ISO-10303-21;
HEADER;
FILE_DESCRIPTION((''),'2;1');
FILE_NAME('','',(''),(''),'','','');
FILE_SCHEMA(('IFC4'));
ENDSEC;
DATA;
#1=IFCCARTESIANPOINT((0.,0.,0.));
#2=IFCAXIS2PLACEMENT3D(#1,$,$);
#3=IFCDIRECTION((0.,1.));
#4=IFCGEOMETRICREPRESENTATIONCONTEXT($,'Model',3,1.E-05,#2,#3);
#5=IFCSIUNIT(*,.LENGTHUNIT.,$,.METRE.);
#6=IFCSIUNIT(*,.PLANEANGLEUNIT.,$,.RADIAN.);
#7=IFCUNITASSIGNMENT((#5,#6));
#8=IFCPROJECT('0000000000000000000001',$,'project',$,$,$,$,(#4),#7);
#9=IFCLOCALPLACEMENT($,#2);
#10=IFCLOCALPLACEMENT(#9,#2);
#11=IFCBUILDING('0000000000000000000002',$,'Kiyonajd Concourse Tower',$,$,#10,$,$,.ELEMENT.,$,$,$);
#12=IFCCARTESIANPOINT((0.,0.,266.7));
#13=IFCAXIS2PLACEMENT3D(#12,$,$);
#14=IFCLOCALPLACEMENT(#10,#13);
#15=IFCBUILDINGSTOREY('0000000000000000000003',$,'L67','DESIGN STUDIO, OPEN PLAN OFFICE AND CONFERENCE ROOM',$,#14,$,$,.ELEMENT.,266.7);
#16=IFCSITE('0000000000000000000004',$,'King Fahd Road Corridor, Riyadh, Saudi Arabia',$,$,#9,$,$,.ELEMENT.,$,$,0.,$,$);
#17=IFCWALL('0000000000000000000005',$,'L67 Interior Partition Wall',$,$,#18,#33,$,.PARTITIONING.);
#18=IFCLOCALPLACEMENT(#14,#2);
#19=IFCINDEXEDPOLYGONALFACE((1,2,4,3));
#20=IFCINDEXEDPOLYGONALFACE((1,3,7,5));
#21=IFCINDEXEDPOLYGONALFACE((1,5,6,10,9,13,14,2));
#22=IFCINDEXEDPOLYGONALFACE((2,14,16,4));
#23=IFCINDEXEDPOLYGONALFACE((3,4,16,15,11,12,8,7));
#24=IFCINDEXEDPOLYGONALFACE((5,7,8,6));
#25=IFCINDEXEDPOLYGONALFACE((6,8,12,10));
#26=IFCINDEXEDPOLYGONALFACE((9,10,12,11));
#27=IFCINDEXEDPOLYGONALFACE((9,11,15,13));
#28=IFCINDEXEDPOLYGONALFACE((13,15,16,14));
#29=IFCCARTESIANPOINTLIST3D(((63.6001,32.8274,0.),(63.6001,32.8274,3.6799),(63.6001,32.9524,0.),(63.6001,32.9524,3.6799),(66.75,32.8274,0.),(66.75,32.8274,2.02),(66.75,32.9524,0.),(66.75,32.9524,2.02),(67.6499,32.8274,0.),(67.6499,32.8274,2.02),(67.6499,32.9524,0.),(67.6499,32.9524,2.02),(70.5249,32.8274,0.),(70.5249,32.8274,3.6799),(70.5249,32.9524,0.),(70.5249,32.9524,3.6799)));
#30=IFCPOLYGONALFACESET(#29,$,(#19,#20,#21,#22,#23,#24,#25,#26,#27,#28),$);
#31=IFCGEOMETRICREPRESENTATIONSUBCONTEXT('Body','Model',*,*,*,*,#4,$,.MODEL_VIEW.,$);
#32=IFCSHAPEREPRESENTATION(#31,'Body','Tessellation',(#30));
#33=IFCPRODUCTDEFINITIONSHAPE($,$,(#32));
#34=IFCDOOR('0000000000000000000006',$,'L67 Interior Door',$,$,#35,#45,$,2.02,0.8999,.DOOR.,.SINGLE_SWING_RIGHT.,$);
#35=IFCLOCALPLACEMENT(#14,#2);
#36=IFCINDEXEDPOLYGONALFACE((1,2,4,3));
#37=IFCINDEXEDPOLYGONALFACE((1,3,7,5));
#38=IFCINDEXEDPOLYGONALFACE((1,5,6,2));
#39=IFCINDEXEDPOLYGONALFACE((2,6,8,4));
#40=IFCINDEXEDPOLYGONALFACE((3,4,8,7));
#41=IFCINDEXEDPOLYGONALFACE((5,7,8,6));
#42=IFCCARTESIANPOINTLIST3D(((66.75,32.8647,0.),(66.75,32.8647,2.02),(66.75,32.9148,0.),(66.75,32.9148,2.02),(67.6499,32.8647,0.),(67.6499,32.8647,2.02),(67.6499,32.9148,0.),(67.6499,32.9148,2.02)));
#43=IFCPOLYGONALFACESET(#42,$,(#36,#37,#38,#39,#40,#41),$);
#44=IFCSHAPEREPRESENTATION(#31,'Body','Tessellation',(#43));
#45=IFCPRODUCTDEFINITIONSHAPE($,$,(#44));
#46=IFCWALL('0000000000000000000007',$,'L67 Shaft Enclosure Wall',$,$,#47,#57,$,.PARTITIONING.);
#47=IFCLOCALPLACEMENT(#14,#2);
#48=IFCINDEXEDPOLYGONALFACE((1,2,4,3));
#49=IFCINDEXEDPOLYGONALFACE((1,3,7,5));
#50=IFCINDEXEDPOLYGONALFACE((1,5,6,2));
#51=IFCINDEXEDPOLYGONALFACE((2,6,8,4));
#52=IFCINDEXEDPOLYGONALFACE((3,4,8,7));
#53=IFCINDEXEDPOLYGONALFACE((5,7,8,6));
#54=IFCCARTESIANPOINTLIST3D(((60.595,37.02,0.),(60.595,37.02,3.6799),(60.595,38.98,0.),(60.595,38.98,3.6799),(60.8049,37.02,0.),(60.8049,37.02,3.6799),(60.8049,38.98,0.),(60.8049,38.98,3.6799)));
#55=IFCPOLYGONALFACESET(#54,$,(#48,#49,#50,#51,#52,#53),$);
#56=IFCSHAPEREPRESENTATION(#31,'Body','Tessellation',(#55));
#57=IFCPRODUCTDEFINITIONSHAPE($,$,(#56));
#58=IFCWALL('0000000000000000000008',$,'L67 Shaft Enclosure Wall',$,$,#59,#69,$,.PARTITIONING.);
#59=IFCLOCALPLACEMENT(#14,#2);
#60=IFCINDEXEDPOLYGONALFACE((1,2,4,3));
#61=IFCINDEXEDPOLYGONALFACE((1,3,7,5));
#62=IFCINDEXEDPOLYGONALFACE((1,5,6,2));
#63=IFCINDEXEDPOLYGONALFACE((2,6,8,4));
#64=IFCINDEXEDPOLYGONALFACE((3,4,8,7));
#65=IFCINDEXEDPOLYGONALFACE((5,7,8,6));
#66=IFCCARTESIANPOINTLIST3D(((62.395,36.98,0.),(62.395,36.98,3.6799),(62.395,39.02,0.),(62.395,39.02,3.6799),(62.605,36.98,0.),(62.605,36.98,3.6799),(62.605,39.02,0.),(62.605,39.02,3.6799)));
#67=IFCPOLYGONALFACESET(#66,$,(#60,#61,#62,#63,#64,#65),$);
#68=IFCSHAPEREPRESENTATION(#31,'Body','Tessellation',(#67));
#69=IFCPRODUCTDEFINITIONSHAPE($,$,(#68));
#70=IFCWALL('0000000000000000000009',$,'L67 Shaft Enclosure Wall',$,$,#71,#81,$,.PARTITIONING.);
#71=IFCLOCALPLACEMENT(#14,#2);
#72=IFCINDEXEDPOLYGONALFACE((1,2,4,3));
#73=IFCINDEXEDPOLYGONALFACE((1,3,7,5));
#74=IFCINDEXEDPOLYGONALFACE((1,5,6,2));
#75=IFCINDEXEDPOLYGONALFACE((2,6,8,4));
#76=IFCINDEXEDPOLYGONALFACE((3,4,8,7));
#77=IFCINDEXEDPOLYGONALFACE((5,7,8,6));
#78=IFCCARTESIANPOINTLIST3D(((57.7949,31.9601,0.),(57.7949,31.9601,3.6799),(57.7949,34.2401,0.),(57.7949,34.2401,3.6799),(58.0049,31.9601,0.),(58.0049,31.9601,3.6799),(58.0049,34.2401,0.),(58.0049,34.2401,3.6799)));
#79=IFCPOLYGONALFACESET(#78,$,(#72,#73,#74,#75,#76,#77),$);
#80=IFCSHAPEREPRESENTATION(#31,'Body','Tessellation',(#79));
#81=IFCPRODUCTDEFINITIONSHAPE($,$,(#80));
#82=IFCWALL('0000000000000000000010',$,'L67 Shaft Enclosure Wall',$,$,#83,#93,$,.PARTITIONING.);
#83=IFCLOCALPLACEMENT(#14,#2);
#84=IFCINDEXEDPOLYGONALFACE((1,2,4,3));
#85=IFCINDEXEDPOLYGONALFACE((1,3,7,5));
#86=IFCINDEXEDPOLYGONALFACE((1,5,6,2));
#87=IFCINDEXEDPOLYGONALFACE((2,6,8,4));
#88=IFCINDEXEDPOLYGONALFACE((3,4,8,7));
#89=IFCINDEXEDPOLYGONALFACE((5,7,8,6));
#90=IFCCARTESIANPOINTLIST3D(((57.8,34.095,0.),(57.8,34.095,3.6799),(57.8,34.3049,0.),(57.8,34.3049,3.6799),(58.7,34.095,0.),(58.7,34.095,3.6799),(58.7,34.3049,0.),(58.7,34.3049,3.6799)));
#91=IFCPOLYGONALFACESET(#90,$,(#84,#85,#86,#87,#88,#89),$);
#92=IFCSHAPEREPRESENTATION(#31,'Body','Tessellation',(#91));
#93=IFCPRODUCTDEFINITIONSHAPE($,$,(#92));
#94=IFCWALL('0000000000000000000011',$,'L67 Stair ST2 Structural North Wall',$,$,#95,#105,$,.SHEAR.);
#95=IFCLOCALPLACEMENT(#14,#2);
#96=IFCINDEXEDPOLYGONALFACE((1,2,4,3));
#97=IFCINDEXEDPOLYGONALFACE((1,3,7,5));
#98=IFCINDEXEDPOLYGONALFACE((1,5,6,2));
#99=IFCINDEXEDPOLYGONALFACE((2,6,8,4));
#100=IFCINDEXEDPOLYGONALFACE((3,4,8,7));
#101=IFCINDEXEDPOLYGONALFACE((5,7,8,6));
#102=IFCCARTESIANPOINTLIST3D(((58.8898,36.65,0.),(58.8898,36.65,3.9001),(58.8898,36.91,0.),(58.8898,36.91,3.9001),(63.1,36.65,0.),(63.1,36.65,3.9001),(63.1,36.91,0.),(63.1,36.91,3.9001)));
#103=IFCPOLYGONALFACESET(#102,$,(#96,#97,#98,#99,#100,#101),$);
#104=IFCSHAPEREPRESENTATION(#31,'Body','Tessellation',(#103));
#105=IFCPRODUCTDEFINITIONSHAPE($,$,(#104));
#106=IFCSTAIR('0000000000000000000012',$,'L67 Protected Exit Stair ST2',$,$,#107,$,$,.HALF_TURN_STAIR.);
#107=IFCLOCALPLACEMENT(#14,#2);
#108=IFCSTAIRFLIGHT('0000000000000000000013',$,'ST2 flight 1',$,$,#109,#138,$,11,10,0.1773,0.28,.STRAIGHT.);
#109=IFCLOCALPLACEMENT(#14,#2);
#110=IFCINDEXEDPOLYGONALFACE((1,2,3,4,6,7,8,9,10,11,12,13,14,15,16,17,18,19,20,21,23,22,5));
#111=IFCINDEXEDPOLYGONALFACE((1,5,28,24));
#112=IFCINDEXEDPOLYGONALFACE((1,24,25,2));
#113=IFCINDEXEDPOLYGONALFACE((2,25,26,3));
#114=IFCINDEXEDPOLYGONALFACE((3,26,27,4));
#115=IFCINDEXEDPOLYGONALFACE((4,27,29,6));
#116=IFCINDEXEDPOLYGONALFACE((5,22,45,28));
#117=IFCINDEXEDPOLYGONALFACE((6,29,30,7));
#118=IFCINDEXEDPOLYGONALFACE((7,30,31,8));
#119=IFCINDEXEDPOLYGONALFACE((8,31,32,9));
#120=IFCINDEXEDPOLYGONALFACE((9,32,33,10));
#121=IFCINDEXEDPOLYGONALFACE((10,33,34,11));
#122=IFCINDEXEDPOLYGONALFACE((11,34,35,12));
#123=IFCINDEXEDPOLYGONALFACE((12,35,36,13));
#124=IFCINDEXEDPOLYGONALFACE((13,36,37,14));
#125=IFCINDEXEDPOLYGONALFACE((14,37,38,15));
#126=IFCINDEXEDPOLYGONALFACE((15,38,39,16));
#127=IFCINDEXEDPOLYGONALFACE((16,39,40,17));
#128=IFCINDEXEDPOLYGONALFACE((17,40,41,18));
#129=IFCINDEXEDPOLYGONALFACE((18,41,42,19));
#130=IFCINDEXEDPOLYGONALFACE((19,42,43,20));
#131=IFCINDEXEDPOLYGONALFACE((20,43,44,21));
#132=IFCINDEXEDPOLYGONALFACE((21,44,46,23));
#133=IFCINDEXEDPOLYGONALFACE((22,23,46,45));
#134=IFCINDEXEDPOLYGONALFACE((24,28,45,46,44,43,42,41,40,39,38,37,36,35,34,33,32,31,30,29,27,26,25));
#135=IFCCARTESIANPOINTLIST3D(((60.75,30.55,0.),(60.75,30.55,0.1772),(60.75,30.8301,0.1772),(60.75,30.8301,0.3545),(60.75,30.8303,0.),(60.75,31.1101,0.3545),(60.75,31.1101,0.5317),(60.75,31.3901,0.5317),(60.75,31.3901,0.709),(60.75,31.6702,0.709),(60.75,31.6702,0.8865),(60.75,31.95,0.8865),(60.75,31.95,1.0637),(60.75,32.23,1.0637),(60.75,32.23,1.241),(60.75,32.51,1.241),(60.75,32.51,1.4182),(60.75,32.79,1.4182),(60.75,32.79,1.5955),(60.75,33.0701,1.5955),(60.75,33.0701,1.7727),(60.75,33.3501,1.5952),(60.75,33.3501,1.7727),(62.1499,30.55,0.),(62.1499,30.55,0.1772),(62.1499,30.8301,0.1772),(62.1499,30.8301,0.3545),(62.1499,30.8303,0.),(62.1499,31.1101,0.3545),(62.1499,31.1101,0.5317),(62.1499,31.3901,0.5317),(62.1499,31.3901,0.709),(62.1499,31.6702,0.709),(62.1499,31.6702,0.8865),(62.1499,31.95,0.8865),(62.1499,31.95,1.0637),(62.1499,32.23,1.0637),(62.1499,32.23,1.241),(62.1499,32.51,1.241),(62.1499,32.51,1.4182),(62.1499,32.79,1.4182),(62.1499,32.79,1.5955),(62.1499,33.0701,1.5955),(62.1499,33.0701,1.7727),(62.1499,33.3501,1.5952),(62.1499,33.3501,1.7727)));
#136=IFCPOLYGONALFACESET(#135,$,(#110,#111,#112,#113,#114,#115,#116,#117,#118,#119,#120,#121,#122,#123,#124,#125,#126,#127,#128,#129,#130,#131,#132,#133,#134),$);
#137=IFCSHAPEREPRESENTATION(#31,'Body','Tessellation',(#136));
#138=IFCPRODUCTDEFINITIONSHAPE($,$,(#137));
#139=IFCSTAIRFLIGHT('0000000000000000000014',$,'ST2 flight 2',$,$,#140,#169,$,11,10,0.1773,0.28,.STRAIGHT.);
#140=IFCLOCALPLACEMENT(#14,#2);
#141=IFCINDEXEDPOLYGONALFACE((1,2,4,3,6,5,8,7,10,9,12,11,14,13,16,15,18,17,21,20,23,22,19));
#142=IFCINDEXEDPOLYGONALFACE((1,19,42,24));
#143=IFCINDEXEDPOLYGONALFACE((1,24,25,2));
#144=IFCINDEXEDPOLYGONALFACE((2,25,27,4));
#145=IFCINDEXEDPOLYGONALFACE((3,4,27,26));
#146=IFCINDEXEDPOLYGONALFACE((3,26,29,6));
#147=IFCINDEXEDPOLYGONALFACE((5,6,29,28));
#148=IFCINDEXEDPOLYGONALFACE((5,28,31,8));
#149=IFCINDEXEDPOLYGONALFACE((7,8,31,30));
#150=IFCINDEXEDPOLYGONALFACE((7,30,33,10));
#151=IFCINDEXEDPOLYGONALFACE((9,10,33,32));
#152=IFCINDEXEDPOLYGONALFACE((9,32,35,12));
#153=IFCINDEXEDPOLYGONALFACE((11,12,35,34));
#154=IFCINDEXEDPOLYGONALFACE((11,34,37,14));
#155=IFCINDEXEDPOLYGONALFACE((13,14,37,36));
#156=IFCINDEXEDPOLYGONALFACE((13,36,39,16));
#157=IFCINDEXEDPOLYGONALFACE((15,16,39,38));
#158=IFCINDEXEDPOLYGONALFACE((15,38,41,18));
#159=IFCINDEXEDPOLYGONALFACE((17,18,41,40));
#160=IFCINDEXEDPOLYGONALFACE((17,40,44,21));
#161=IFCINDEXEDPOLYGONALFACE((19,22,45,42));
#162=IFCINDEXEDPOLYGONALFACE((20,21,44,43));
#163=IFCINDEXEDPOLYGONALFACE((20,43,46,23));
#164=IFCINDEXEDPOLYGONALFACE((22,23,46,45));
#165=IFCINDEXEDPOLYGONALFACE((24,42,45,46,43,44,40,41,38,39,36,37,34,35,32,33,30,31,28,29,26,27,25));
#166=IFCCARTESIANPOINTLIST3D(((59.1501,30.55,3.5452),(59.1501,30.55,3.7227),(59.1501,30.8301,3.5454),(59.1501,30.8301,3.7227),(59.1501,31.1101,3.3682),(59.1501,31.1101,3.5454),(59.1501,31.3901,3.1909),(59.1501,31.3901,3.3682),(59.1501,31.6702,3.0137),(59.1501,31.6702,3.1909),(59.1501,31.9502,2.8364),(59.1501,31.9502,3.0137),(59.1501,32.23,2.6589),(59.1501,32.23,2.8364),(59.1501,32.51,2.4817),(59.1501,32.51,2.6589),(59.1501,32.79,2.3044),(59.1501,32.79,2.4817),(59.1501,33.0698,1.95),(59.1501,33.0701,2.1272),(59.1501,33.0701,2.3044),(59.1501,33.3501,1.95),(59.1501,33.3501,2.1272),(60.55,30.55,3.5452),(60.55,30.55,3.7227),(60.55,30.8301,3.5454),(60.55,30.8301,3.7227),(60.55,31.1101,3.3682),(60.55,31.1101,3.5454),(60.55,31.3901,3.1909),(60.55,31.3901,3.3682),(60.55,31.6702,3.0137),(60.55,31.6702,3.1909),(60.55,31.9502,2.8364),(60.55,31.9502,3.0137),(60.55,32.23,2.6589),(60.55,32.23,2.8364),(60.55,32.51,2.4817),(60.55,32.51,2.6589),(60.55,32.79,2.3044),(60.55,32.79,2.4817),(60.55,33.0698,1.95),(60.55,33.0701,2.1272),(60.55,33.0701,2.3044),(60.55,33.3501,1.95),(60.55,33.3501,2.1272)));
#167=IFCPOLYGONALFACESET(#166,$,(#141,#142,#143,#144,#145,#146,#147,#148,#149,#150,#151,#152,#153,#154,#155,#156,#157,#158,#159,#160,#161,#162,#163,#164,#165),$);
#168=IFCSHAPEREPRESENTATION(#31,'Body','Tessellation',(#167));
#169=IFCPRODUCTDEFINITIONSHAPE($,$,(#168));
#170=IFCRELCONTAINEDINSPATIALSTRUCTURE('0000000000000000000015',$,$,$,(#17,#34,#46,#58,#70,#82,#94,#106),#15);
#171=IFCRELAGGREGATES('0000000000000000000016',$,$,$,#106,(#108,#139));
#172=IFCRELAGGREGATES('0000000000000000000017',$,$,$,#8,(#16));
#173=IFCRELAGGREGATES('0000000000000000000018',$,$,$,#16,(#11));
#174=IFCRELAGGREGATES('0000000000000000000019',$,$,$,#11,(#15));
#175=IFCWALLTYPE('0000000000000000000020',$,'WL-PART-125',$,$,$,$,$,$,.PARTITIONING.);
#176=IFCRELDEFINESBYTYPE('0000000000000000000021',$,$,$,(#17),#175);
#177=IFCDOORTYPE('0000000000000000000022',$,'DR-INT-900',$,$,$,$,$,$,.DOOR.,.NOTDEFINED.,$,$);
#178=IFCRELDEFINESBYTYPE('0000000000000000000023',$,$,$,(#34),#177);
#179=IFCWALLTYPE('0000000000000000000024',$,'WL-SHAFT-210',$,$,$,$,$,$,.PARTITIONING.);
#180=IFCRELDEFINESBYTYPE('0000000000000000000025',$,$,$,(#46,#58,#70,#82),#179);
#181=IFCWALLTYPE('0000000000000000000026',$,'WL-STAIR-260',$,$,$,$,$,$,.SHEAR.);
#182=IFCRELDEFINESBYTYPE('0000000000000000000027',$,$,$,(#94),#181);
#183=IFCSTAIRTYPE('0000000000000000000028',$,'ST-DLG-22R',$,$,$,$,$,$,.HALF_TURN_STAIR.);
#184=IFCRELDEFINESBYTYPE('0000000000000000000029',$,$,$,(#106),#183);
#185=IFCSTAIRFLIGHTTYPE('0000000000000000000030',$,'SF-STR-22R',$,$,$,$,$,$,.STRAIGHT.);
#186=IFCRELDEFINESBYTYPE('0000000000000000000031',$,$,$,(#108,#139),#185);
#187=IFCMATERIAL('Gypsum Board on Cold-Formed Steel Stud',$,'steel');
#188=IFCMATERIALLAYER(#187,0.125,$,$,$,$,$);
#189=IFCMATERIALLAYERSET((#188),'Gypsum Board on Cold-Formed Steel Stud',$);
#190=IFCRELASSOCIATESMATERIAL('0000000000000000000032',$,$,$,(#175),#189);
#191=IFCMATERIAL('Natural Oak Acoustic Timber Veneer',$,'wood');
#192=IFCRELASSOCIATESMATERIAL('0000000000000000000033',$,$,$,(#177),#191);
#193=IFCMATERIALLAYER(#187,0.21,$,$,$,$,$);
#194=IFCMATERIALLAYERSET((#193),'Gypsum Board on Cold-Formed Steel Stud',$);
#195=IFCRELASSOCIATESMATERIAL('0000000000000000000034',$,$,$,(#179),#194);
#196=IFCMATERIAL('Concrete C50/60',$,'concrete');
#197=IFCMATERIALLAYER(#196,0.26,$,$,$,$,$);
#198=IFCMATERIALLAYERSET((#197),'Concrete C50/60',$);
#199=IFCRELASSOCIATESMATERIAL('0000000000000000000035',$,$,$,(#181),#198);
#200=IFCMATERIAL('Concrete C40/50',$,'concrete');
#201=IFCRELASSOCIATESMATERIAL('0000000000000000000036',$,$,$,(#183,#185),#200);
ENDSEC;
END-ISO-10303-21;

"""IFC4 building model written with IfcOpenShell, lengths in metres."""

from ifc_helpers import new_model, si_unit, direction, frame, frame_2d, origin, place, context, subcontext, project, spatial, polyline, rectangle, outline, extrude, material, layer, layer_set, type_object, element, fill, aggregate, save


model = new_model("IFC4")

# Units and contexts
model_context = context("Model", 3, precision=1e-05, world=origin(), true_north=direction((0.0, 1.0)))
body_context = subcontext(model_context, "Body", "Model", "MODEL_VIEW")
ifc_project = project(units=[si_unit("LENGTHUNIT", "METRE"), si_unit("PLANEANGLEUNIT", "RADIAN")], contexts=[model_context])

# Site, building, storey
site_placement = place(None, origin())
site = spatial("IfcSite", under=ifc_project, at=site_placement, Name="King Fahd Road Corridor, Riyadh, Saudi Arabia", CompositionType="ELEMENT", RefElevation=0.0)
building_placement = place(site_placement, origin())
building = spatial("IfcBuilding", under=site, at=building_placement, Name="Kiyonajd Concourse Tower", CompositionType="ELEMENT")
storey_placement = place(building_placement, frame((0.0, 0.0, 266.7)))
storey = spatial("IfcBuildingStorey", under=building, at=storey_placement, Name="L67", Description="DESIGN STUDIO, OPEN PLAN OFFICE AND CONFERENCE ROOM", CompositionType="ELEMENT", Elevation=266.7)

# Shared definitions
ifc_material_1 = material(Name="Concrete C50/60", Category="concrete")

# Wall, opening, door
ifc_material_2 = material(Name="Gypsum Board on Cold-Formed Steel Stud", Category="steel")
ifc_layer_1 = layer(ifc_material_2, 0.125)
ifc_layer_set_1 = layer_set([ifc_layer_1], Name="Gypsum Board on Cold-Formed Steel Stud")
wall_type_1 = type_object("IfcWallType", Name="WL-PART-125", PredefinedType="PARTITIONING", material=ifc_layer_set_1)
wall_1_placement = place(storey_placement, frame((63.6001, 32.8899, 0.0), z_axis=(0.0, 0.0, 1.0), x_axis=(1.0, 0.0, 0.0)))
wall_1 = element("IfcWall", 1, at=wall_1_placement, inside=storey, type_object=wall_type_1, Name="L67 Interior Partition Wall", PredefinedType="PARTITIONING", context=body_context, shape_type="SweptSolid", body=[
    extrude(rectangle(XDim=6.9248, YDim=0.125, at=frame_2d((3.4624, 0.0))), origin(), (0.0, 0.0, 1.0), 3.6799),
])
opening_1_placement = place(wall_1_placement, frame((3.1499, 0.0, 0.0)))
opening_1 = element("IfcOpeningElement", 2, at=opening_1_placement, cuts=wall_1, PredefinedType="OPENING", context=body_context, shape_type="SweptSolid", body=[
    extrude(rectangle(XDim=0.8999, YDim=2.02, at=frame_2d((0.45, 1.01))), frame((0.0, 0.0725, 0.0), z_axis=(0.0, -1.0, 0.0), x_axis=(1.0, 0.0, 0.0)), (0.0, 0.0, 1.0), 0.145),
])
ifc_material_3 = material(Name="Natural Oak Acoustic Timber Veneer", Category="wood")
door_type = type_object("IfcDoorType", Name="DR-INT-900", OperationType="NOTDEFINED", PredefinedType="DOOR", material=ifc_material_3)
door_placement = place(opening_1_placement, origin())
door = element("IfcDoor", 3, at=door_placement, inside=storey, type_object=door_type, Name="L67 Interior Door", OperationType="SINGLE_SWING_RIGHT", OverallHeight=2.02, OverallWidth=0.8999, PredefinedType="DOOR", context=body_context, shape_type="SweptSolid", body=[
    extrude(rectangle(XDim=0.8999, YDim=2.02, at=frame_2d((0.45, 1.01))), frame((0.0, 0.0249, 0.0), z_axis=(0.0, -1.0, 0.0), x_axis=(1.0, 0.0, 0.0)), (0.0, 0.0, 1.0), 0.05),
])
fill(opening_1, door)

# Walls
ifc_layer_2 = layer(ifc_material_2, 0.21)
ifc_layer_set_2 = layer_set([ifc_layer_2], Name="Gypsum Board on Cold-Formed Steel Stud")
wall_type_2 = type_object("IfcWallType", Name="WL-SHAFT-210", PredefinedType="PARTITIONING", material=ifc_layer_set_2)
wall_2_placement = place(storey_placement, frame((60.7, 37.02, 0.0), z_axis=(0.0, 0.0, 1.0), x_axis=(0.0, 1.0, 0.0)))
element("IfcWall", 4, at=wall_2_placement, inside=storey, type_object=wall_type_2, Name="L67 Shaft Enclosure Wall", PredefinedType="PARTITIONING", context=body_context, shape_type="SweptSolid", body=[
    extrude(rectangle(XDim=1.96, YDim=0.21, at=frame_2d((0.98, 0.0))), origin(), (0.0, 0.0, 1.0), 3.6799),
])
wall_3_placement = place(storey_placement, frame((62.5, 36.98, 0.0), z_axis=(0.0, 0.0, 1.0), x_axis=(0.0, 1.0, 0.0)))
element("IfcWall", 5, at=wall_3_placement, inside=storey, type_object=wall_type_2, Name="L67 Shaft Enclosure Wall", PredefinedType="PARTITIONING", context=body_context, shape_type="SweptSolid", body=[
    extrude(rectangle(XDim=2.04, YDim=0.21, at=frame_2d((1.02, 0.0))), origin(), (0.0, 0.0, 1.0), 3.6799),
])
wall_4_placement = place(storey_placement, frame((57.8999, 31.96, 0.0), z_axis=(0.0, 0.0, 1.0), x_axis=(0.0, 1.0, 0.0)))
element("IfcWall", 6, at=wall_4_placement, inside=storey, type_object=wall_type_2, Name="L67 Shaft Enclosure Wall", PredefinedType="PARTITIONING", context=body_context, shape_type="SweptSolid", body=[
    extrude(rectangle(XDim=2.28, YDim=0.21, at=frame_2d((1.1401, 0.0))), origin(), (0.0, 0.0, 1.0), 3.6799),
])
wall_5_placement = place(storey_placement, frame((57.8, 34.2, 0.0), z_axis=(0.0, 0.0, 1.0), x_axis=(1.0, 0.0, 0.0)))
element("IfcWall", 7, at=wall_5_placement, inside=storey, type_object=wall_type_2, Name="L67 Shaft Enclosure Wall", PredefinedType="PARTITIONING", context=body_context, shape_type="SweptSolid", body=[
    extrude(rectangle(XDim=0.8999, YDim=0.21, at=frame_2d((0.45, 0.0))), origin(), (0.0, 0.0, 1.0), 3.6799),
])
ifc_layer_3 = layer(ifc_material_1, 0.26)
ifc_layer_set_3 = layer_set([ifc_layer_3], Name="Concrete C50/60")
wall_type_3 = type_object("IfcWallType", Name="WL-STAIR-260", PredefinedType="SHEAR", material=ifc_layer_set_3)
wall_6_placement = place(storey_placement, frame((58.8899, 36.78, 0.0), z_axis=(0.0, 0.0, 1.0), x_axis=(1.0, 0.0, 0.0)))
element("IfcWall", 8, at=wall_6_placement, inside=storey, type_object=wall_type_3, Name="L67 Stair ST2 Structural North Wall", PredefinedType="SHEAR", context=body_context, shape_type="SweptSolid", body=[
    extrude(rectangle(XDim=4.2102, YDim=0.26, at=frame_2d((2.105, 0.0))), origin(), (0.0, 0.0, 1.0), 3.9001),
])

# Stair, stair flights
ifc_material_4 = material(Name="Concrete C40/50", Category="concrete")
stair_type = type_object("IfcStairType", Name="ST-DLG-22R", PredefinedType="HALF_TURN_STAIR", material=ifc_material_4)
stair_placement = place(storey_placement, origin())
stair = element("IfcStair", 9, at=stair_placement, inside=storey, type_object=stair_type, Name="L67 Protected Exit Stair ST2", PredefinedType="HALF_TURN_STAIR")
stair_flight_type = type_object("IfcStairFlightType", Name="SF-STR-22R", PredefinedType="STRAIGHT", material=ifc_material_4)
stair_flight_1_placement = place(storey_placement, frame((61.45, 30.55, 0.0), z_axis=(0.0, 0.0, 1.0), x_axis=(0.0, 1.0, 0.0)))
stair_flight_1 = element("IfcStairFlight", 10, at=stair_flight_1_placement, type_object=stair_flight_type, Name="ST2 flight 1", NumberOfRisers=11, NumberOfTreads=10, PredefinedType="STRAIGHT", RiserHeight=0.1773, TreadLength=0.28, context=body_context, shape_type="SweptSolid", body=[
    extrude(outline(polyline([(0.0, 0.0), (0.0, 0.1772), (0.28, 0.1772), (0.28, 0.3545), (0.5601, 0.3545), (0.5601, 0.5317), (0.8401, 0.5317), (0.8401, 0.709), (1.1201, 0.709), (1.1201, 0.8865), (1.3999, 0.8865), (1.3999, 1.0637), (1.6799, 1.0637), (1.6799, 1.241), (1.96, 1.241), (1.96, 1.4182), (2.24, 1.4182), (2.24, 1.5955), (2.52, 1.5955), (2.52, 1.7727), (2.8, 1.7727), (2.8, 1.95), (2.8, 1.5952), (0.2803, 0.0), (0.0, 0.0)])), frame((0.0, 0.7, 0.0), z_axis=(0.0, -1.0, 0.0), x_axis=(1.0, 0.0, 0.0)), (0.0, 0.0, 1.0), 1.3999),
])
stair_flight_2_placement = place(storey_placement, frame((59.8501, 33.3501, 1.95), z_axis=(0.0, 0.0, 1.0), x_axis=(0.0, -1.0, 0.0)))
stair_flight_2 = element("IfcStairFlight", 11, at=stair_flight_2_placement, type_object=stair_flight_type, Name="ST2 flight 2", NumberOfRisers=11, NumberOfTreads=10, PredefinedType="STRAIGHT", RiserHeight=0.1773, TreadLength=0.28, context=body_context, shape_type="SweptSolid", body=[
    extrude(outline(polyline([(0.0, 0.0), (0.0, 0.1772), (0.28, 0.1772), (0.28, 0.3545), (0.5601, 0.3545), (0.5601, 0.5317), (0.8401, 0.5317), (0.8401, 0.709), (1.1201, 0.709), (1.1201, 0.8865), (1.3999, 0.8865), (1.3999, 1.0637), (1.6799, 1.0637), (1.6799, 1.241), (1.96, 1.241), (1.96, 1.4182), (2.24, 1.4182), (2.24, 1.5955), (2.52, 1.5955), (2.52, 1.7727), (2.8, 1.7727), (2.8, 1.95), (2.8, 1.5952), (0.2803, 0.0), (0.0, 0.0)])), frame((0.0, 0.7, 0.0), z_axis=(0.0, -1.0, 0.0), x_axis=(1.0, 0.0, 0.0)), (0.0, 0.0, 1.0), 1.3999),
])
aggregate(stair, [stair_flight_1, stair_flight_2])

save(model, "model.ifc")
